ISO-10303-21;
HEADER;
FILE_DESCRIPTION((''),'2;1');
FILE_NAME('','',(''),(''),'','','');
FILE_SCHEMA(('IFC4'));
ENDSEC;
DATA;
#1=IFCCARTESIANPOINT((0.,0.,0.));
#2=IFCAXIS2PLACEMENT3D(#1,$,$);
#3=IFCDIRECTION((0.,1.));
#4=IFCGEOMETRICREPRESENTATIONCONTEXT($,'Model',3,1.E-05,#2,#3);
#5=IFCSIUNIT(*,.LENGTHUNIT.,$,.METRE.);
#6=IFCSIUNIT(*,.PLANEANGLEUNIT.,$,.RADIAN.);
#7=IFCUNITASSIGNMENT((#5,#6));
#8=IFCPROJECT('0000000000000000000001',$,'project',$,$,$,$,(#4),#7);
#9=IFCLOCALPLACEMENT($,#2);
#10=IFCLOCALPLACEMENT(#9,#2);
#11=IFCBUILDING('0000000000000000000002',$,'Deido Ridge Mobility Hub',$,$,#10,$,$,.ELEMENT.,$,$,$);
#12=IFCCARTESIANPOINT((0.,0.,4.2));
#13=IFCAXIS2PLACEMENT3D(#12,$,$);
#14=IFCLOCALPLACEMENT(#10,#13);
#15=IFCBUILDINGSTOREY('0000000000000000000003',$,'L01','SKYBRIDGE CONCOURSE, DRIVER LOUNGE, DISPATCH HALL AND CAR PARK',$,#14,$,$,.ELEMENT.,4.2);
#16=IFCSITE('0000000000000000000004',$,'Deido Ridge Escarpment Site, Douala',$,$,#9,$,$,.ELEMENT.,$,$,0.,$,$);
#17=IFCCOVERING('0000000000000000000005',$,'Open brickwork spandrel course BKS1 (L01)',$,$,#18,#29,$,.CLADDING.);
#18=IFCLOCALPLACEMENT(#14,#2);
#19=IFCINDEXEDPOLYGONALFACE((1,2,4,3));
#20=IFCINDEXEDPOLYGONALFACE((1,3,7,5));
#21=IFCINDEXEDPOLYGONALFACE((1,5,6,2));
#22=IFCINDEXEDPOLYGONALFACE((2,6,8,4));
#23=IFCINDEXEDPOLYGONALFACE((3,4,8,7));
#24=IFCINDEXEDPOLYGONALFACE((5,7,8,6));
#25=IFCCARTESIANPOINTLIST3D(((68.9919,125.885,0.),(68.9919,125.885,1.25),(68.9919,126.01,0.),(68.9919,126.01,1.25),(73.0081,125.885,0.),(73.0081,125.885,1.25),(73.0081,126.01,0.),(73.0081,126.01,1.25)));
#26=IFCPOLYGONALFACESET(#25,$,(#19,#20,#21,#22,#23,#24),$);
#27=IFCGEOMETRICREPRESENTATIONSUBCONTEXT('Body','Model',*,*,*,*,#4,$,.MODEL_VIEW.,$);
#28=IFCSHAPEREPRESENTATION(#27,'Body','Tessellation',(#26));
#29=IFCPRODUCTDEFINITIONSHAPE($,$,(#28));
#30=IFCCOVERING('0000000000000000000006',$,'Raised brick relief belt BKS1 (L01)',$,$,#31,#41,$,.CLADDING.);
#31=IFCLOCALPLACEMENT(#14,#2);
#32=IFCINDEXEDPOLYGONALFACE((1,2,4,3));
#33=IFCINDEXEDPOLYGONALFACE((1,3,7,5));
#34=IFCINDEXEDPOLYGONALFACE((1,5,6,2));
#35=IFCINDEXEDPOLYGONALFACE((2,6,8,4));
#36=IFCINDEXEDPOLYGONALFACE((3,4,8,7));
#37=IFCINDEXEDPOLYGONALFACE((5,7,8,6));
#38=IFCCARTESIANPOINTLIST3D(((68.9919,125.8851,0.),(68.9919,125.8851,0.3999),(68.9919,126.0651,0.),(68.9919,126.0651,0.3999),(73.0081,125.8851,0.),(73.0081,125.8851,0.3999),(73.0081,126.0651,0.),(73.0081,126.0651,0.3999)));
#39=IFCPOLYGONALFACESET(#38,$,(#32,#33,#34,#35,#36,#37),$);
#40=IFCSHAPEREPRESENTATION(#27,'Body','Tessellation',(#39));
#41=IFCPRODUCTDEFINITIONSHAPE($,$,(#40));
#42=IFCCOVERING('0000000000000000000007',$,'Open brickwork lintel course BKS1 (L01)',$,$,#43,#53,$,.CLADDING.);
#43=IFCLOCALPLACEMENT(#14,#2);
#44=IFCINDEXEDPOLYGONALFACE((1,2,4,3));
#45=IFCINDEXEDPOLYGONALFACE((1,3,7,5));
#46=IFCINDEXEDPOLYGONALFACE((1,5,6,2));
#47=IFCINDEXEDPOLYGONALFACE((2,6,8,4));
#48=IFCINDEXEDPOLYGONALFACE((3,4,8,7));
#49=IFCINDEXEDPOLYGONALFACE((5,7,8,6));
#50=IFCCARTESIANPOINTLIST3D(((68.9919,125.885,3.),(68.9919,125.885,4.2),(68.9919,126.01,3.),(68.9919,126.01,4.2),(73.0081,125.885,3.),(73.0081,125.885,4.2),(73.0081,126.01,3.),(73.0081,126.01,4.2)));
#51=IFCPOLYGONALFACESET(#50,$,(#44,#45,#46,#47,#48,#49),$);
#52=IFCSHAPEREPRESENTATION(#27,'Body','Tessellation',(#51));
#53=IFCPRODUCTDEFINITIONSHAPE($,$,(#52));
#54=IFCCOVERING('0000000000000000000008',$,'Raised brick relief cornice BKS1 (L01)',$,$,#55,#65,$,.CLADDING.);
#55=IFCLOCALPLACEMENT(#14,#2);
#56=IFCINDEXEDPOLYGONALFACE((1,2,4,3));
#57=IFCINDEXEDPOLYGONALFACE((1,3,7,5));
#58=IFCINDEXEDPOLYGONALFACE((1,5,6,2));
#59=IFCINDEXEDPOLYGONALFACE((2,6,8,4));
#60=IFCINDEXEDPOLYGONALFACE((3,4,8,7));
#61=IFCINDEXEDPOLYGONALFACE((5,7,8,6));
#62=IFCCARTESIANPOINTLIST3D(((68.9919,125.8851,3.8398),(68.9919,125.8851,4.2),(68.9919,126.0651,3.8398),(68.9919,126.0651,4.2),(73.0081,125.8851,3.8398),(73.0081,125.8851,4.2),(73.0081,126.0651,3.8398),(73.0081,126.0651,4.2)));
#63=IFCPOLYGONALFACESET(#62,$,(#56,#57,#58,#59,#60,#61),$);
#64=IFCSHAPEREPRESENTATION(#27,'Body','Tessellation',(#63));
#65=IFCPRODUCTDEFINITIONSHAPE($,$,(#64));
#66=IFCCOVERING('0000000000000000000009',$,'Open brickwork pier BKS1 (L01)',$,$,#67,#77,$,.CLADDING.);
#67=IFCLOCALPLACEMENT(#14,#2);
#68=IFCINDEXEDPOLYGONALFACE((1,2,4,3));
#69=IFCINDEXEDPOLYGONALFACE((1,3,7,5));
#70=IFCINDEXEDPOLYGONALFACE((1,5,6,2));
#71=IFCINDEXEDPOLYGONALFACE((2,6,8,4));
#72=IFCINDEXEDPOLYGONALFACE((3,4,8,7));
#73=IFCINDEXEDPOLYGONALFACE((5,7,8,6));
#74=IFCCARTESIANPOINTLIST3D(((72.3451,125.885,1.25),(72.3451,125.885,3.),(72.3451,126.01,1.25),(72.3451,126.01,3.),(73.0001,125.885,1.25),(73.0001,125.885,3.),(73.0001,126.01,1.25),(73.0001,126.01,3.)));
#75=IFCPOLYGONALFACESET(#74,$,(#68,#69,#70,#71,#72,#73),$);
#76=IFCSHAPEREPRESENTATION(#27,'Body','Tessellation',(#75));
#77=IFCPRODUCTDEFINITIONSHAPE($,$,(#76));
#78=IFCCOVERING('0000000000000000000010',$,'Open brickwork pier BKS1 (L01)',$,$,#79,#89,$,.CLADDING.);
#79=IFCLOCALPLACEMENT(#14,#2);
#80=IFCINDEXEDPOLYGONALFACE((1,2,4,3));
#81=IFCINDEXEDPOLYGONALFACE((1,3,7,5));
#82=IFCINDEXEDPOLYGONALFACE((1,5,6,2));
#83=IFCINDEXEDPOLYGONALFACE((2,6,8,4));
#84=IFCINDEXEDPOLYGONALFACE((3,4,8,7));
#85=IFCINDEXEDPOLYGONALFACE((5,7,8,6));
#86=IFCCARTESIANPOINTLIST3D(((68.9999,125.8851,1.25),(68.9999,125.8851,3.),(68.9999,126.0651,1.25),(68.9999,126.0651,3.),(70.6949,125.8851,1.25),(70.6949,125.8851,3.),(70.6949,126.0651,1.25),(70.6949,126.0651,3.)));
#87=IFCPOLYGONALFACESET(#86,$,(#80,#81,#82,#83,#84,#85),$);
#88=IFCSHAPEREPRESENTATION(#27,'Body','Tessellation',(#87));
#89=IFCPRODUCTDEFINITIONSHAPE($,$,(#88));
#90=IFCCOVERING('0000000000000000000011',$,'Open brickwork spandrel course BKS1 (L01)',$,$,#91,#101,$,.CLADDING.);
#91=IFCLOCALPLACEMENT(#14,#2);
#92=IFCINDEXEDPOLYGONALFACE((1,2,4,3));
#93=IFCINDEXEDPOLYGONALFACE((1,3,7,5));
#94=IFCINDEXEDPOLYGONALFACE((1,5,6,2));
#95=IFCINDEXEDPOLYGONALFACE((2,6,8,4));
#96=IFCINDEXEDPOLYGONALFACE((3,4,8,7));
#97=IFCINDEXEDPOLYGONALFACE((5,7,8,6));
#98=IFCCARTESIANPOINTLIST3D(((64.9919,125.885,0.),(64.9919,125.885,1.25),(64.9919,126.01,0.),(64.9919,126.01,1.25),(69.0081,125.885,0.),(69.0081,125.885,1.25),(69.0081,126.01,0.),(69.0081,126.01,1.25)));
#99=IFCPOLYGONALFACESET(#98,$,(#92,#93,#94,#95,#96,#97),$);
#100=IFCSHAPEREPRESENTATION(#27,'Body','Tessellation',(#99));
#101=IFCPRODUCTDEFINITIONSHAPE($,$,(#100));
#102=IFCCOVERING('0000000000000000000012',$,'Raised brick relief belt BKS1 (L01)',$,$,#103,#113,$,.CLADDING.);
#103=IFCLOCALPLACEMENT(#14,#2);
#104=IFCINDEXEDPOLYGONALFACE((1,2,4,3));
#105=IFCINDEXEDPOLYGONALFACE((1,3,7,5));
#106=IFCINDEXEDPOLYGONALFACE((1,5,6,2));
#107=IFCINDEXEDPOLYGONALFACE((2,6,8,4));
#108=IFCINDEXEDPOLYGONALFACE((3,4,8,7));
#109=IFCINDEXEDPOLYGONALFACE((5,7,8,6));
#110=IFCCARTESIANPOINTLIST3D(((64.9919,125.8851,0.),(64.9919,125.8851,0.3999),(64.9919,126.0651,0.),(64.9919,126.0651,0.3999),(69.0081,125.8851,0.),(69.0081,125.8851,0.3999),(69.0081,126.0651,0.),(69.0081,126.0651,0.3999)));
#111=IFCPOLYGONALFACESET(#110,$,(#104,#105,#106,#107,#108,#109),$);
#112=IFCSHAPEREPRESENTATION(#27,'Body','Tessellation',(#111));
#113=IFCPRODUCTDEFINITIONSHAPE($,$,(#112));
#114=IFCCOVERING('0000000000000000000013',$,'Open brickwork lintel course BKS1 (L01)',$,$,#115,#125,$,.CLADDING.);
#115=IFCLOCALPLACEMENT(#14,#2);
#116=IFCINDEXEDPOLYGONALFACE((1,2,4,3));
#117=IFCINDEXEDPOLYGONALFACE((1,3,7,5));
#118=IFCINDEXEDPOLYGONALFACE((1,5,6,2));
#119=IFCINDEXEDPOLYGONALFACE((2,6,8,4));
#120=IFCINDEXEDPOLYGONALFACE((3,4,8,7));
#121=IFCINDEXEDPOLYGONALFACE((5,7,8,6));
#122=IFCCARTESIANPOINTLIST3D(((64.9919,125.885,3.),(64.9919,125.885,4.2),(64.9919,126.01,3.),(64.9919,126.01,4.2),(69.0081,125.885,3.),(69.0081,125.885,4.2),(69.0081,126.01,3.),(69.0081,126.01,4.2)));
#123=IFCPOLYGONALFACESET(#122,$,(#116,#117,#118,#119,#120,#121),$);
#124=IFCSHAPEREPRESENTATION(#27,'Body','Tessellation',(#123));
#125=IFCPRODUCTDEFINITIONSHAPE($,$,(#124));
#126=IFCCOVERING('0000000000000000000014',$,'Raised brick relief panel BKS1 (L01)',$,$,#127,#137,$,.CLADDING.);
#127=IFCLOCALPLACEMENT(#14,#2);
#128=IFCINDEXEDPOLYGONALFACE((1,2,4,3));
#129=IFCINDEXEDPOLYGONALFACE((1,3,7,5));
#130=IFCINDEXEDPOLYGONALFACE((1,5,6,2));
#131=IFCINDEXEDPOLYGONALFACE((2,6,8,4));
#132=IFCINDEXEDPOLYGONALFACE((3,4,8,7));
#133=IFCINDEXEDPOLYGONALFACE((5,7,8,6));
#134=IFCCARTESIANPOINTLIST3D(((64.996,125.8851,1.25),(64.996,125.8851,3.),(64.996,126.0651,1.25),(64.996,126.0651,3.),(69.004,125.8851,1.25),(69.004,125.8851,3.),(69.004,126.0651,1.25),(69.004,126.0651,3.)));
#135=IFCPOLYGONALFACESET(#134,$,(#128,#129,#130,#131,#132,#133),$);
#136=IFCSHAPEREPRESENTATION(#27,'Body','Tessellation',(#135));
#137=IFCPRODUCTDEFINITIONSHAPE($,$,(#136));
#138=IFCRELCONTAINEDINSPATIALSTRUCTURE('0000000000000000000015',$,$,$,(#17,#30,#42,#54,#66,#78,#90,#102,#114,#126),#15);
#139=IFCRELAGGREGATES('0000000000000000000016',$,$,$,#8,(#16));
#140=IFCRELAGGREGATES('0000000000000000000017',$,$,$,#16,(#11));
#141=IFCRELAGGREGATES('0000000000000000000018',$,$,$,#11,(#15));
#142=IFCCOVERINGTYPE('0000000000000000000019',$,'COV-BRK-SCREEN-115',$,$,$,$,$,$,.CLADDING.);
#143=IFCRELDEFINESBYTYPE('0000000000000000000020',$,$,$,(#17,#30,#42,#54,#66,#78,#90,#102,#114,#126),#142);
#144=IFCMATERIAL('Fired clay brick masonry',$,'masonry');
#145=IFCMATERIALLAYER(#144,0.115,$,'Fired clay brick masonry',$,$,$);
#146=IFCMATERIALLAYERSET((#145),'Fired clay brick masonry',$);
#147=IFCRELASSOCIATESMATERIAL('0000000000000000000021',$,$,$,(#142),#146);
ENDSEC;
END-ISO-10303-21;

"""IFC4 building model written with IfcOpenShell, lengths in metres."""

from ifc_helpers import new_model, si_unit, direction, frame, origin, origin_2d, place, context, subcontext, project, spatial, rectangle, extrude, material, layer, layer_set, type_object, element, save


model = new_model("IFC4")

# Units and contexts
model_context = context("Model", 3, precision=1e-05, world=origin(), true_north=direction((0.0, 1.0)))
body_context = subcontext(model_context, "Body", "Model", "MODEL_VIEW")
ifc_project = project(units=[si_unit("LENGTHUNIT", "METRE"), si_unit("PLANEANGLEUNIT", "RADIAN")], contexts=[model_context])

# Site, building, storey
site_placement = place(None, origin())
site = spatial("IfcSite", under=ifc_project, at=site_placement, Name="Deido Ridge Escarpment Site, Douala", CompositionType="ELEMENT", RefElevation=0.0)
building_placement = place(site_placement, origin())
building = spatial("IfcBuilding", under=site, at=building_placement, Name="Deido Ridge Mobility Hub", CompositionType="ELEMENT")
storey_placement = place(building_placement, frame((0.0, 0.0, 4.2)))
storey = spatial("IfcBuildingStorey", under=building, at=storey_placement, Name="L01", Description="SKYBRIDGE CONCOURSE, DRIVER LOUNGE, DISPATCH HALL AND CAR PARK", CompositionType="ELEMENT", Elevation=4.2)

# Coverings
ifc_material_1 = material(Name="Fired clay brick masonry", Category="masonry")
ifc_layer = layer(ifc_material_1, 0.115, Name="Fired clay brick masonry")
ifc_layer_set = layer_set([ifc_layer], Name="Fired clay brick masonry")
covering_type = type_object("IfcCoveringType", Name="COV-BRK-SCREEN-115", PredefinedType="CLADDING", material=ifc_layer_set)
covering_1_placement = place(storey_placement, frame((71.0, 125.9475, 0.0), z_axis=(0.0, 0.0, 1.0), x_axis=(-1.0, 0.0, 0.0)))
element("IfcCovering", 1, at=covering_1_placement, inside=storey, type_object=covering_type, Name="Open brickwork spandrel course BKS1 (L01)", PredefinedType="CLADDING", context=body_context, shape_type="SweptSolid", body=[
    extrude(rectangle(XDim=4.0161, YDim=0.125, at=origin_2d()), origin(), (0.0, 0.0, 1.0), 1.25),
])
covering_2_placement = place(storey_placement, frame((71.0, 125.9751, 0.0), z_axis=(0.0, 0.0, 1.0), x_axis=(-1.0, 0.0, 0.0)))
element("IfcCovering", 2, at=covering_2_placement, inside=storey, type_object=covering_type, Name="Raised brick relief belt BKS1 (L01)", PredefinedType="CLADDING", context=body_context, shape_type="SweptSolid", body=[
    extrude(rectangle(XDim=4.0161, YDim=0.1799, at=origin_2d()), origin(), (0.0, 0.0, 1.0), 0.3999),
])
covering_3_placement = place(storey_placement, frame((71.0, 125.9475, 3.0), z_axis=(0.0, 0.0, 1.0), x_axis=(-1.0, 0.0, 0.0)))
element("IfcCovering", 3, at=covering_3_placement, inside=storey, type_object=covering_type, Name="Open brickwork lintel course BKS1 (L01)", PredefinedType="CLADDING", context=body_context, shape_type="SweptSolid", body=[
    extrude(rectangle(XDim=4.0161, YDim=0.125, at=origin_2d()), origin(), (0.0, 0.0, 1.0), 1.2),
])
covering_4_placement = place(storey_placement, frame((71.0, 125.9751, 3.8398), z_axis=(0.0, 0.0, 1.0), x_axis=(-1.0, 0.0, 0.0)))
element("IfcCovering", 4, at=covering_4_placement, inside=storey, type_object=covering_type, Name="Raised brick relief cornice BKS1 (L01)", PredefinedType="CLADDING", context=body_context, shape_type="SweptSolid", body=[
    extrude(rectangle(XDim=4.0161, YDim=0.1799, at=origin_2d()), origin(), (0.0, 0.0, 1.0), 0.3601),
])
covering_5_placement = place(storey_placement, frame((72.6726, 125.9475, 1.25), z_axis=(0.0, 0.0, 1.0), x_axis=(-1.0, 0.0, 0.0)))
element("IfcCovering", 5, at=covering_5_placement, inside=storey, type_object=covering_type, Name="Open brickwork pier BKS1 (L01)", PredefinedType="CLADDING", context=body_context, shape_type="SweptSolid", body=[
    extrude(rectangle(XDim=0.655, YDim=0.125, at=origin_2d()), origin(), (0.0, 0.0, 1.0), 1.75),
])
covering_6_placement = place(storey_placement, frame((69.8474, 125.9751, 1.25), z_axis=(0.0, 0.0, 1.0), x_axis=(-1.0, 0.0, 0.0)))
element("IfcCovering", 6, at=covering_6_placement, inside=storey, type_object=covering_type, Name="Open brickwork pier BKS1 (L01)", PredefinedType="CLADDING", context=body_context, shape_type="SweptSolid", body=[
    extrude(rectangle(XDim=1.6951, YDim=0.1799, at=origin_2d()), origin(), (0.0, 0.0, 1.0), 1.75),
])
covering_7_placement = place(storey_placement, frame((67.0, 125.9475, 0.0), z_axis=(0.0, 0.0, 1.0), x_axis=(-1.0, 0.0, 0.0)))
element("IfcCovering", 7, at=covering_7_placement, inside=storey, type_object=covering_type, Name="Open brickwork spandrel course BKS1 (L01)", PredefinedType="CLADDING", context=body_context, shape_type="SweptSolid", body=[
    extrude(rectangle(XDim=4.0161, YDim=0.125, at=origin_2d()), origin(), (0.0, 0.0, 1.0), 1.25),
])
covering_8_placement = place(storey_placement, frame((67.0, 125.9751, 0.0), z_axis=(0.0, 0.0, 1.0), x_axis=(-1.0, 0.0, 0.0)))
element("IfcCovering", 8, at=covering_8_placement, inside=storey, type_object=covering_type, Name="Raised brick relief belt BKS1 (L01)", PredefinedType="CLADDING", context=body_context, shape_type="SweptSolid", body=[
    extrude(rectangle(XDim=4.0161, YDim=0.1799, at=origin_2d()), origin(), (0.0, 0.0, 1.0), 0.3999),
])
covering_9_placement = place(storey_placement, frame((67.0, 125.9475, 3.0), z_axis=(0.0, 0.0, 1.0), x_axis=(-1.0, 0.0, 0.0)))
element("IfcCovering", 9, at=covering_9_placement, inside=storey, type_object=covering_type, Name="Open brickwork lintel course BKS1 (L01)", PredefinedType="CLADDING", context=body_context, shape_type="SweptSolid", body=[
    extrude(rectangle(XDim=4.0161, YDim=0.125, at=origin_2d()), origin(), (0.0, 0.0, 1.0), 1.2),
])
covering_10_placement = place(storey_placement, frame((67.0, 125.9751, 1.25), z_axis=(0.0, 0.0, 1.0), x_axis=(-1.0, 0.0, 0.0)))
element("IfcCovering", 10, at=covering_10_placement, inside=storey, type_object=covering_type, Name="Raised brick relief panel BKS1 (L01)", PredefinedType="CLADDING", context=body_context, shape_type="SweptSolid", body=[
    extrude(rectangle(XDim=4.0081, YDim=0.1799, at=origin_2d()), origin(), (0.0, 0.0, 1.0), 1.75),
])

save(model, "model.ifc")
